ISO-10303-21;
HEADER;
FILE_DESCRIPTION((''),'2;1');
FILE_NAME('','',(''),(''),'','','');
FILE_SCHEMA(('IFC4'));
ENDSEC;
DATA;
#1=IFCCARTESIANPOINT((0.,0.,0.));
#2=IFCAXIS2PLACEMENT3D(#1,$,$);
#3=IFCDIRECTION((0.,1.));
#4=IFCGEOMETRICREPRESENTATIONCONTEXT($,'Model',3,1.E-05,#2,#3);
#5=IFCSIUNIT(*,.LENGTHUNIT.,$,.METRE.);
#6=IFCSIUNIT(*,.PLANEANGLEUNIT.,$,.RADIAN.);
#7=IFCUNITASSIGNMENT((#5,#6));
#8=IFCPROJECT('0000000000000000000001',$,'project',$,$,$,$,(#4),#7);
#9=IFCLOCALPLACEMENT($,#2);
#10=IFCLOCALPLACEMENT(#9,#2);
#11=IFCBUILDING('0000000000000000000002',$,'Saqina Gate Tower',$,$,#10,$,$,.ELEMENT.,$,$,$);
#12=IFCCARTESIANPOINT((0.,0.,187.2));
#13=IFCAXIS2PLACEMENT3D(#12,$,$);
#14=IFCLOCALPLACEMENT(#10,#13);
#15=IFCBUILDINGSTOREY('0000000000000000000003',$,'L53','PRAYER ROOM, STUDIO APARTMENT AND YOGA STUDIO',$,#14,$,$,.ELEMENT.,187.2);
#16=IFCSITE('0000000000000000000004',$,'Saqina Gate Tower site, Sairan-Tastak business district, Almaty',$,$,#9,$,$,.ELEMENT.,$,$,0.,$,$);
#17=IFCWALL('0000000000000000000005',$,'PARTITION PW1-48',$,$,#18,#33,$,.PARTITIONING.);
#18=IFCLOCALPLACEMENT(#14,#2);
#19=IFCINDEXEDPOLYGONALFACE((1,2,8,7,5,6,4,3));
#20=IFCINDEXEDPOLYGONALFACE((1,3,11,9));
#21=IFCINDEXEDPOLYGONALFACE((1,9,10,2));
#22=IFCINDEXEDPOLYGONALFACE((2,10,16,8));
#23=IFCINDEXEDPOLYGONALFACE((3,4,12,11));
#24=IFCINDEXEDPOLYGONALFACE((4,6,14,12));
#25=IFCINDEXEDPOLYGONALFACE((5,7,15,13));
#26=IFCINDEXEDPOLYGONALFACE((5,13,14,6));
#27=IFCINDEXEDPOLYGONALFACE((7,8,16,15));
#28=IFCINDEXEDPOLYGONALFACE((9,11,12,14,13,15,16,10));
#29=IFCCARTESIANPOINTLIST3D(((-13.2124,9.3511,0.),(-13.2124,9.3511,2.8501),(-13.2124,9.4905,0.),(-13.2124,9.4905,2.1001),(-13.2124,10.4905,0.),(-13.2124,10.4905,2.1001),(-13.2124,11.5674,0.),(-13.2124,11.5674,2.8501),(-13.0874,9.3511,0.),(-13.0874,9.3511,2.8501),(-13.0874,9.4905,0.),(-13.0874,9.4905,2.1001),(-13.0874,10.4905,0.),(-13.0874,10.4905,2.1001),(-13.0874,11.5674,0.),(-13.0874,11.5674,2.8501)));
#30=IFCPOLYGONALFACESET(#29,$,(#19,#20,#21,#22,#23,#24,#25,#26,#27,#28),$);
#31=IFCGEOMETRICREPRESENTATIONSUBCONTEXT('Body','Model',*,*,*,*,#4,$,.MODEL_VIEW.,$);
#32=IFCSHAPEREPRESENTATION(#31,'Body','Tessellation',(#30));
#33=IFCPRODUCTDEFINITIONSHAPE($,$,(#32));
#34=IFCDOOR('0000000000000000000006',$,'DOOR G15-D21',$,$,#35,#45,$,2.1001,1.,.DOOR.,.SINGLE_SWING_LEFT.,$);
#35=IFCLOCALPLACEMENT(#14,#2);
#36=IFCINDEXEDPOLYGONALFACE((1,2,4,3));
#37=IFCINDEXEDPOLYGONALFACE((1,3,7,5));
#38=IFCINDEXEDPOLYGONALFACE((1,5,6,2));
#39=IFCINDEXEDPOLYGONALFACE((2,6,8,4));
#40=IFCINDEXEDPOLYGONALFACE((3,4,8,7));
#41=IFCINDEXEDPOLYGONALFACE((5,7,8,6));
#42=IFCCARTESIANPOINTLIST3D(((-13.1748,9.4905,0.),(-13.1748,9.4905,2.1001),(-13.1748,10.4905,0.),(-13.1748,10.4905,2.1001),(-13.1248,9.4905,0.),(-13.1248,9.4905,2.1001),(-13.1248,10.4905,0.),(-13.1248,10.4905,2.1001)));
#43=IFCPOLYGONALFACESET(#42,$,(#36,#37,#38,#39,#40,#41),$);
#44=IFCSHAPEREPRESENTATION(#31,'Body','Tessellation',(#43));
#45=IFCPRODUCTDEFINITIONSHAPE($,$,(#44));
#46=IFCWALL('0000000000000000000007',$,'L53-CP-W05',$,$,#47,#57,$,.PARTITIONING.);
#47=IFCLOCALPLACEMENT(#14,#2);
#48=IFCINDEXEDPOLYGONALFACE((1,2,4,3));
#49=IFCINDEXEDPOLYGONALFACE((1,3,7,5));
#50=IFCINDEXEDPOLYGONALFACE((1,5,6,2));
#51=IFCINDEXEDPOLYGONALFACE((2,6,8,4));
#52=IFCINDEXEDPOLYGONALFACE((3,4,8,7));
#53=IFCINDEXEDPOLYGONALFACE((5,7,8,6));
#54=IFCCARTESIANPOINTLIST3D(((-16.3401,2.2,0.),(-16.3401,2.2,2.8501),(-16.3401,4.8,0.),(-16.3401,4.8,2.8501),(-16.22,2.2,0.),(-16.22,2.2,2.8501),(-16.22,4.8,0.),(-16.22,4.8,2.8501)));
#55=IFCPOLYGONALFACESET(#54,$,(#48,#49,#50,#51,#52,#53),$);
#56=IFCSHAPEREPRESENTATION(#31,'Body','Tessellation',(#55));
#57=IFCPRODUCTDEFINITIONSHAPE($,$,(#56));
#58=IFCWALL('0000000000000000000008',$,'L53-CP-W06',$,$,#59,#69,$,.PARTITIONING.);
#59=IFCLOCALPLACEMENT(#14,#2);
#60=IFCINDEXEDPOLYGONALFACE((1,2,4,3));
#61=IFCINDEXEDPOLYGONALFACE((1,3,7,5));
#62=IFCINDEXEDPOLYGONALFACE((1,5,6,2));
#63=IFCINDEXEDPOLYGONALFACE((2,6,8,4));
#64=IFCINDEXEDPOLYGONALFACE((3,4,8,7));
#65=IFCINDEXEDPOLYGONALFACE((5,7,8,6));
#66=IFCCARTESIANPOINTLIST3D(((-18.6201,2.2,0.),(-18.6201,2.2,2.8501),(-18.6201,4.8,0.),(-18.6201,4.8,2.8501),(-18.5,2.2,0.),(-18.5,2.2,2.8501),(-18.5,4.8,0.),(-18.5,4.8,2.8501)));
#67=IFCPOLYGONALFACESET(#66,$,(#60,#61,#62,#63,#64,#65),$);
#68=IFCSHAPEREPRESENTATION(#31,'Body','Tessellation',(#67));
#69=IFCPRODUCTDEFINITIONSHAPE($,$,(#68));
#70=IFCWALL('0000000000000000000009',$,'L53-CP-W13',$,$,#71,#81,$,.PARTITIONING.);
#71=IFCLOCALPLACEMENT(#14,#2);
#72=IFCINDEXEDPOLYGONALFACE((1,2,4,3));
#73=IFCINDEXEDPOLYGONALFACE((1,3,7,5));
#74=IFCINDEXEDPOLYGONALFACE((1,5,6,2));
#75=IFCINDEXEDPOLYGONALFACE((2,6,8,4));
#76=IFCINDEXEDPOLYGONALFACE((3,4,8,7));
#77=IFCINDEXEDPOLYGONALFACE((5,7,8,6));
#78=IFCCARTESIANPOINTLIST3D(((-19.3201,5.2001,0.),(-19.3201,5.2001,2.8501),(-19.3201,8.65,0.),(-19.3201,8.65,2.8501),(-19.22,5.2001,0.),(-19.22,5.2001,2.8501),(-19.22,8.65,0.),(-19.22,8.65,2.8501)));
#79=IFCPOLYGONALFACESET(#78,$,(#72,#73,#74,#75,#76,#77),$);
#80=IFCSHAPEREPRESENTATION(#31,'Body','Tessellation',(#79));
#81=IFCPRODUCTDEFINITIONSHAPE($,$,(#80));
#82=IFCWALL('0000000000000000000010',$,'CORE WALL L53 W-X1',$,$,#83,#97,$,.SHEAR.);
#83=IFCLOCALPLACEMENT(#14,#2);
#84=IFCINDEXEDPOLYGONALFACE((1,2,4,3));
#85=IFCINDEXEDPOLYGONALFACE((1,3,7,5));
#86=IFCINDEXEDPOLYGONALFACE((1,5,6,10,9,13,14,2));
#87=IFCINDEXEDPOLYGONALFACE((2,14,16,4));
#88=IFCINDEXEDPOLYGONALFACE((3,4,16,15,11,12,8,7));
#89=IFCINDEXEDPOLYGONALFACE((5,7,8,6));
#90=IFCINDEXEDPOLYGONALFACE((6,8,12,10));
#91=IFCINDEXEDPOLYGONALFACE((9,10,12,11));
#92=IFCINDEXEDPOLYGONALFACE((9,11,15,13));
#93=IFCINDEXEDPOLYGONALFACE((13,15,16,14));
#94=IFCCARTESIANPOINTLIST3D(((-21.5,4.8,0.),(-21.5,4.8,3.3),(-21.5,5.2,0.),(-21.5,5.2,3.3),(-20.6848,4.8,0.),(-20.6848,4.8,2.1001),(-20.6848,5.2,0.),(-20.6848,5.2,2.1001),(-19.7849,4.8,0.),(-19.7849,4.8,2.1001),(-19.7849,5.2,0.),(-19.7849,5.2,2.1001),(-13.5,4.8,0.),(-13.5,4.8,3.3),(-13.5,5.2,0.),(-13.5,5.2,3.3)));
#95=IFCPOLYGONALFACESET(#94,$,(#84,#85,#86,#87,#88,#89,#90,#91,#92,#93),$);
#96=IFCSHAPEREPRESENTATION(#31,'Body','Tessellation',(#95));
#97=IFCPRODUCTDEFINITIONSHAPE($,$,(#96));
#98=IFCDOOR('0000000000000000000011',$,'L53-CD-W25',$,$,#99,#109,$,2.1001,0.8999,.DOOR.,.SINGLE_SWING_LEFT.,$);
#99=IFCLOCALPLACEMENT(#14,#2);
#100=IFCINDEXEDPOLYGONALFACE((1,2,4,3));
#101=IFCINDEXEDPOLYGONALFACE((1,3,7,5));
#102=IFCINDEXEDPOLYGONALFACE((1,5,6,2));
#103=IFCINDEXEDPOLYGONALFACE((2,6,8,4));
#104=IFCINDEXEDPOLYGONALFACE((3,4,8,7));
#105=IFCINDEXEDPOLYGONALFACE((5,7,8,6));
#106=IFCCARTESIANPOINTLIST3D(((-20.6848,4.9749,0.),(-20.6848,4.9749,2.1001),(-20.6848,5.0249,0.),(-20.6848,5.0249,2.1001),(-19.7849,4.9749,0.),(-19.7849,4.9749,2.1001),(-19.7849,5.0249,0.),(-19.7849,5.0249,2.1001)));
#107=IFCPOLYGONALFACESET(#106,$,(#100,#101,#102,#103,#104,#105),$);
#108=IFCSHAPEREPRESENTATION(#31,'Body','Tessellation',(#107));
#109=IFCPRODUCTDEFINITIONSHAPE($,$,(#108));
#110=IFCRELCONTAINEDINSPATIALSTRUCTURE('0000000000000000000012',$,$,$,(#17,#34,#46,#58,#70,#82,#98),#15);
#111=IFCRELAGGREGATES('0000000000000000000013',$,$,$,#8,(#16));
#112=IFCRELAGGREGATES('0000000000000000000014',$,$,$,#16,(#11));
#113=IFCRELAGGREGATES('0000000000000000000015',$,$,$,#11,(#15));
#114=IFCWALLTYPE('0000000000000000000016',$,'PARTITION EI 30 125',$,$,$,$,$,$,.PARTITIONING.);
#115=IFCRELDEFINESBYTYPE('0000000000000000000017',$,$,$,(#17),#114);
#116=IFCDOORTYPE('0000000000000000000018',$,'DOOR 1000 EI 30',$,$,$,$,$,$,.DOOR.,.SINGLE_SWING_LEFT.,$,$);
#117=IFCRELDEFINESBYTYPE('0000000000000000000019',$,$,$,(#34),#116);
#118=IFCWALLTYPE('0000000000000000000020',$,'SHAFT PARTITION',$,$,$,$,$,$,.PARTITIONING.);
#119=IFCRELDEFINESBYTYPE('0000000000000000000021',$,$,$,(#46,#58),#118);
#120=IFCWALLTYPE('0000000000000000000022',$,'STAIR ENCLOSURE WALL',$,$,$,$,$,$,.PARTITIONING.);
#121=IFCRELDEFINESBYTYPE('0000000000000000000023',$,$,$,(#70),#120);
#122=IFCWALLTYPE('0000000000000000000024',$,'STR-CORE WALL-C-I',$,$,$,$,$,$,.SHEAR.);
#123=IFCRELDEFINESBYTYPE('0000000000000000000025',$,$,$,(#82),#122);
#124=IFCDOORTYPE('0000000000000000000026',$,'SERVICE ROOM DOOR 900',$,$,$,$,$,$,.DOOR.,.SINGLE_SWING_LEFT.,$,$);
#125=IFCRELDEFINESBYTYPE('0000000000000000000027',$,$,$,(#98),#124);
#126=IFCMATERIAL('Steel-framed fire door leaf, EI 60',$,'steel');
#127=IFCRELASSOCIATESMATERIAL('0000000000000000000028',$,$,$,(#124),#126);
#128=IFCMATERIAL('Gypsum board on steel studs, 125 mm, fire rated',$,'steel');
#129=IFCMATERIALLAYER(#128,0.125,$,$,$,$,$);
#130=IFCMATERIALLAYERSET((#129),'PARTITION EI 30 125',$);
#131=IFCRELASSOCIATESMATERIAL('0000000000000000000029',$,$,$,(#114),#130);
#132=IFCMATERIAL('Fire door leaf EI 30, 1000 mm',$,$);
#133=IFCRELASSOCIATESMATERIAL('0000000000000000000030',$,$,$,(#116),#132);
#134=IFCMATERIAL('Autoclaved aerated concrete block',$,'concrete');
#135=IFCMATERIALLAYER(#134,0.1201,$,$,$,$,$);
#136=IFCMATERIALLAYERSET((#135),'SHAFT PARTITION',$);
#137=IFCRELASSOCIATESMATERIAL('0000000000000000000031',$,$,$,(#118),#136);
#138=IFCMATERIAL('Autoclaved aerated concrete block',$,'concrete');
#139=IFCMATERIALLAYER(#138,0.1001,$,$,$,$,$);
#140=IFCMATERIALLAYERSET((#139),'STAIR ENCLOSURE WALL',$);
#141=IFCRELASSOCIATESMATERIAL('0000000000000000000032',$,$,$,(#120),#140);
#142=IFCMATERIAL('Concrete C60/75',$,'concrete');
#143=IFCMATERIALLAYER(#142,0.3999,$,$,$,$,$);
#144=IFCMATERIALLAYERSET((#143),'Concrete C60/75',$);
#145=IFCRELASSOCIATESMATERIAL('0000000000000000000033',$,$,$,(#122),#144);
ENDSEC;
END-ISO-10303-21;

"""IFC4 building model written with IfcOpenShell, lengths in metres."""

from ifc_helpers import new_model, si_unit, direction, frame, frame_2d, origin, place, context, subcontext, project, spatial, rectangle, extrude, material, layer, layer_set, type_object, element, fill, save


model = new_model("IFC4")

# Units and contexts
model_context = context("Model", 3, precision=1e-05, world=origin(), true_north=direction((0.0, 1.0)))
body_context = subcontext(model_context, "Body", "Model", "MODEL_VIEW")
ifc_project = project(units=[si_unit("LENGTHUNIT", "METRE"), si_unit("PLANEANGLEUNIT", "RADIAN")], contexts=[model_context])

# Site, building, storey
site_placement = place(None, origin())
site = spatial("IfcSite", under=ifc_project, at=site_placement, Name="Saqina Gate Tower site, Sairan-Tastak business district, Almaty", CompositionType="ELEMENT", RefElevation=0.0)
building_placement = place(site_placement, origin())
building = spatial("IfcBuilding", under=site, at=building_placement, Name="Saqina Gate Tower", CompositionType="ELEMENT")
storey_placement = place(building_placement, frame((0.0, 0.0, 187.2)))
storey = spatial("IfcBuildingStorey", under=building, at=storey_placement, Name="L53", Description="PRAYER ROOM, STUDIO APARTMENT AND YOGA STUDIO", CompositionType="ELEMENT", Elevation=187.2)

# Shared definitions
ifc_material_1 = material(Name="Steel-framed fire door leaf, EI 60", Category="steel")
door_type_1 = type_object("IfcDoorType", Name="SERVICE ROOM DOOR 900", OperationType="SINGLE_SWING_LEFT", PredefinedType="DOOR", material=ifc_material_1)

# Shared definitions
ifc_material_2 = material(Name="Gypsum board on steel studs, 125 mm, fire rated", Category="steel")
ifc_layer_1 = layer(ifc_material_2, 0.125)
ifc_layer_set_1 = layer_set([ifc_layer_1], Name="PARTITION EI 30 125")
wall_type_1 = type_object("IfcWallType", Name="PARTITION EI 30 125", PredefinedType="PARTITIONING", material=ifc_layer_set_1)

# Wall, opening, door
wall_1_placement = place(storey_placement, frame((-13.1499, 9.3511, 0.0), z_axis=(0.0, 0.0, 1.0), x_axis=(0.0, 1.0, 0.0)))
wall_1 = element("IfcWall", 1, at=wall_1_placement, inside=storey, type_object=wall_type_1, Name="PARTITION PW1-48", PredefinedType="PARTITIONING", context=body_context, shape_type="SweptSolid", body=[
    extrude(rectangle(XDim=2.2163, YDim=0.125, at=frame_2d((1.1082, 0.0))), origin(), (0.0, 0.0, 1.0), 2.8501),
])
opening_1_placement = place(wall_1_placement, frame((0.1394, 0.0, 0.0)))
opening_1 = element("IfcOpeningElement", 2, at=opening_1_placement, cuts=wall_1, PredefinedType="OPENING", context=body_context, shape_type="SweptSolid", body=[
    extrude(rectangle(XDim=1.0, YDim=2.1001, at=frame_2d((0.5, 1.05))), frame((0.0, 0.0745, 0.0), z_axis=(0.0, -1.0, 0.0), x_axis=(1.0, 0.0, 0.0)), (0.0, 0.0, 1.0), 0.1489),
])
ifc_material_3 = material(Name="Fire door leaf EI 30, 1000 mm")
door_type_2 = type_object("IfcDoorType", Name="DOOR 1000 EI 30", OperationType="SINGLE_SWING_LEFT", PredefinedType="DOOR", material=ifc_material_3)
door_1_placement = place(opening_1_placement, origin())
door_1 = element("IfcDoor", 3, at=door_1_placement, inside=storey, type_object=door_type_2, Name="DOOR G15-D21", OperationType="SINGLE_SWING_LEFT", OverallHeight=2.1001, OverallWidth=1.0, PredefinedType="DOOR", context=body_context, shape_type="SweptSolid", body=[
    extrude(rectangle(XDim=1.0, YDim=2.1001, at=frame_2d((0.5, 1.05))), frame((0.0, 0.0249, 0.0), z_axis=(0.0, -1.0, 0.0), x_axis=(1.0, 0.0, 0.0)), (0.0, 0.0, 1.0), 0.05),
])
fill(opening_1, door_1)

# Walls
ifc_material_4 = material(Name="Autoclaved aerated concrete block", Category="concrete")
ifc_layer_2 = layer(ifc_material_4, 0.1201)
ifc_layer_set_2 = layer_set([ifc_layer_2], Name="SHAFT PARTITION")
wall_type_2 = type_object("IfcWallType", Name="SHAFT PARTITION", PredefinedType="PARTITIONING", material=ifc_layer_set_2)
for number, where, z_axis, x_axis, name in (
    (4, (-16.28, 2.2, 0.0), (0.0, 0.0, 1.0), (0.0, 1.0, 0.0), "L53-CP-W05"),
    (5, (-18.5601, 2.2, 0.0), (0.0, 0.0, 1.0), (0.0, 1.0, 0.0), "L53-CP-W06"),
):
    element("IfcWall", number, at=place(storey_placement, frame(where, z_axis=z_axis, x_axis=x_axis)), inside=storey, type_object=wall_type_2, Name=name, PredefinedType="PARTITIONING", context=body_context, shape_type="SweptSolid", body=[
        extrude(rectangle(XDim=2.6001, YDim=0.1201, at=frame_2d((1.3, 0.0))), origin(), (0.0, 0.0, 1.0), 2.8501),
    ])
ifc_material_5 = material(Name="Autoclaved aerated concrete block", Category="concrete")
ifc_layer_3 = layer(ifc_material_5, 0.1001)
ifc_layer_set_3 = layer_set([ifc_layer_3], Name="STAIR ENCLOSURE WALL")
wall_type_3 = type_object("IfcWallType", Name="STAIR ENCLOSURE WALL", PredefinedType="PARTITIONING", material=ifc_layer_set_3)
wall_2_placement = place(storey_placement, frame((-19.27, 5.2, 0.0), z_axis=(0.0, 0.0, 1.0), x_axis=(0.0, 1.0, 0.0)))
element("IfcWall", 6, at=wall_2_placement, inside=storey, type_object=wall_type_3, Name="L53-CP-W13", PredefinedType="PARTITIONING", context=body_context, shape_type="SweptSolid", body=[
    extrude(rectangle(XDim=3.45, YDim=0.1001, at=frame_2d((1.7251, 0.0))), origin(), (0.0, 0.0, 1.0), 2.8501),
])

# Wall, opening, door
ifc_material_6 = material(Name="Concrete C60/75", Category="concrete")
ifc_layer_4 = layer(ifc_material_6, 0.3999)
ifc_layer_set_4 = layer_set([ifc_layer_4], Name="Concrete C60/75")
wall_type_4 = type_object("IfcWallType", Name="STR-CORE WALL-C-I", PredefinedType="SHEAR", material=ifc_layer_set_4)
wall_3_placement = place(storey_placement, frame((-13.5, 5.0, 0.0), z_axis=(0.0, 0.0, 1.0), x_axis=(-1.0, 0.0, 0.0)))
wall_3 = element("IfcWall", 7, at=wall_3_placement, inside=storey, type_object=wall_type_4, Name="CORE WALL L53 W-X1", PredefinedType="SHEAR", context=body_context, shape_type="SweptSolid", body=[
    extrude(rectangle(XDim=8.0, YDim=0.3999, at=frame_2d((4.0, 0.0))), origin(), (0.0, 0.0, 1.0), 3.3),
])
opening_2_placement = place(wall_3_placement, frame((6.2849, 0.0, 0.0)))
opening_2 = element("IfcOpeningElement", 8, at=opening_2_placement, cuts=wall_3, PredefinedType="OPENING", context=body_context, shape_type="SweptSolid", body=[
    extrude(rectangle(XDim=0.8999, YDim=2.1001, at=frame_2d((0.45, 1.05))), frame((0.0, 0.2119, 0.0), z_axis=(0.0, -1.0, 0.0), x_axis=(1.0, 0.0, 0.0)), (0.0, 0.0, 1.0), 0.4238),
])
door_2_placement = place(opening_2_placement, frame((0.8999, 0.0, 0.0), z_axis=(0.0, 0.0, 1.0), x_axis=(-1.0, 0.0, 0.0)))
door_2 = element("IfcDoor", 9, at=door_2_placement, inside=storey, type_object=door_type_1, Name="L53-CD-W25", OperationType="SINGLE_SWING_LEFT", OverallHeight=2.1001, OverallWidth=0.8999, PredefinedType="DOOR", context=body_context, shape_type="SweptSolid", body=[
    extrude(rectangle(XDim=0.8999, YDim=2.1001, at=frame_2d((0.45, 1.05))), frame((0.0, 0.0249, 0.0), z_axis=(0.0, -1.0, 0.0), x_axis=(1.0, 0.0, 0.0)), (0.0, 0.0, 1.0), 0.05),
])
fill(opening_2, door_2)

save(model, "model.ifc")
